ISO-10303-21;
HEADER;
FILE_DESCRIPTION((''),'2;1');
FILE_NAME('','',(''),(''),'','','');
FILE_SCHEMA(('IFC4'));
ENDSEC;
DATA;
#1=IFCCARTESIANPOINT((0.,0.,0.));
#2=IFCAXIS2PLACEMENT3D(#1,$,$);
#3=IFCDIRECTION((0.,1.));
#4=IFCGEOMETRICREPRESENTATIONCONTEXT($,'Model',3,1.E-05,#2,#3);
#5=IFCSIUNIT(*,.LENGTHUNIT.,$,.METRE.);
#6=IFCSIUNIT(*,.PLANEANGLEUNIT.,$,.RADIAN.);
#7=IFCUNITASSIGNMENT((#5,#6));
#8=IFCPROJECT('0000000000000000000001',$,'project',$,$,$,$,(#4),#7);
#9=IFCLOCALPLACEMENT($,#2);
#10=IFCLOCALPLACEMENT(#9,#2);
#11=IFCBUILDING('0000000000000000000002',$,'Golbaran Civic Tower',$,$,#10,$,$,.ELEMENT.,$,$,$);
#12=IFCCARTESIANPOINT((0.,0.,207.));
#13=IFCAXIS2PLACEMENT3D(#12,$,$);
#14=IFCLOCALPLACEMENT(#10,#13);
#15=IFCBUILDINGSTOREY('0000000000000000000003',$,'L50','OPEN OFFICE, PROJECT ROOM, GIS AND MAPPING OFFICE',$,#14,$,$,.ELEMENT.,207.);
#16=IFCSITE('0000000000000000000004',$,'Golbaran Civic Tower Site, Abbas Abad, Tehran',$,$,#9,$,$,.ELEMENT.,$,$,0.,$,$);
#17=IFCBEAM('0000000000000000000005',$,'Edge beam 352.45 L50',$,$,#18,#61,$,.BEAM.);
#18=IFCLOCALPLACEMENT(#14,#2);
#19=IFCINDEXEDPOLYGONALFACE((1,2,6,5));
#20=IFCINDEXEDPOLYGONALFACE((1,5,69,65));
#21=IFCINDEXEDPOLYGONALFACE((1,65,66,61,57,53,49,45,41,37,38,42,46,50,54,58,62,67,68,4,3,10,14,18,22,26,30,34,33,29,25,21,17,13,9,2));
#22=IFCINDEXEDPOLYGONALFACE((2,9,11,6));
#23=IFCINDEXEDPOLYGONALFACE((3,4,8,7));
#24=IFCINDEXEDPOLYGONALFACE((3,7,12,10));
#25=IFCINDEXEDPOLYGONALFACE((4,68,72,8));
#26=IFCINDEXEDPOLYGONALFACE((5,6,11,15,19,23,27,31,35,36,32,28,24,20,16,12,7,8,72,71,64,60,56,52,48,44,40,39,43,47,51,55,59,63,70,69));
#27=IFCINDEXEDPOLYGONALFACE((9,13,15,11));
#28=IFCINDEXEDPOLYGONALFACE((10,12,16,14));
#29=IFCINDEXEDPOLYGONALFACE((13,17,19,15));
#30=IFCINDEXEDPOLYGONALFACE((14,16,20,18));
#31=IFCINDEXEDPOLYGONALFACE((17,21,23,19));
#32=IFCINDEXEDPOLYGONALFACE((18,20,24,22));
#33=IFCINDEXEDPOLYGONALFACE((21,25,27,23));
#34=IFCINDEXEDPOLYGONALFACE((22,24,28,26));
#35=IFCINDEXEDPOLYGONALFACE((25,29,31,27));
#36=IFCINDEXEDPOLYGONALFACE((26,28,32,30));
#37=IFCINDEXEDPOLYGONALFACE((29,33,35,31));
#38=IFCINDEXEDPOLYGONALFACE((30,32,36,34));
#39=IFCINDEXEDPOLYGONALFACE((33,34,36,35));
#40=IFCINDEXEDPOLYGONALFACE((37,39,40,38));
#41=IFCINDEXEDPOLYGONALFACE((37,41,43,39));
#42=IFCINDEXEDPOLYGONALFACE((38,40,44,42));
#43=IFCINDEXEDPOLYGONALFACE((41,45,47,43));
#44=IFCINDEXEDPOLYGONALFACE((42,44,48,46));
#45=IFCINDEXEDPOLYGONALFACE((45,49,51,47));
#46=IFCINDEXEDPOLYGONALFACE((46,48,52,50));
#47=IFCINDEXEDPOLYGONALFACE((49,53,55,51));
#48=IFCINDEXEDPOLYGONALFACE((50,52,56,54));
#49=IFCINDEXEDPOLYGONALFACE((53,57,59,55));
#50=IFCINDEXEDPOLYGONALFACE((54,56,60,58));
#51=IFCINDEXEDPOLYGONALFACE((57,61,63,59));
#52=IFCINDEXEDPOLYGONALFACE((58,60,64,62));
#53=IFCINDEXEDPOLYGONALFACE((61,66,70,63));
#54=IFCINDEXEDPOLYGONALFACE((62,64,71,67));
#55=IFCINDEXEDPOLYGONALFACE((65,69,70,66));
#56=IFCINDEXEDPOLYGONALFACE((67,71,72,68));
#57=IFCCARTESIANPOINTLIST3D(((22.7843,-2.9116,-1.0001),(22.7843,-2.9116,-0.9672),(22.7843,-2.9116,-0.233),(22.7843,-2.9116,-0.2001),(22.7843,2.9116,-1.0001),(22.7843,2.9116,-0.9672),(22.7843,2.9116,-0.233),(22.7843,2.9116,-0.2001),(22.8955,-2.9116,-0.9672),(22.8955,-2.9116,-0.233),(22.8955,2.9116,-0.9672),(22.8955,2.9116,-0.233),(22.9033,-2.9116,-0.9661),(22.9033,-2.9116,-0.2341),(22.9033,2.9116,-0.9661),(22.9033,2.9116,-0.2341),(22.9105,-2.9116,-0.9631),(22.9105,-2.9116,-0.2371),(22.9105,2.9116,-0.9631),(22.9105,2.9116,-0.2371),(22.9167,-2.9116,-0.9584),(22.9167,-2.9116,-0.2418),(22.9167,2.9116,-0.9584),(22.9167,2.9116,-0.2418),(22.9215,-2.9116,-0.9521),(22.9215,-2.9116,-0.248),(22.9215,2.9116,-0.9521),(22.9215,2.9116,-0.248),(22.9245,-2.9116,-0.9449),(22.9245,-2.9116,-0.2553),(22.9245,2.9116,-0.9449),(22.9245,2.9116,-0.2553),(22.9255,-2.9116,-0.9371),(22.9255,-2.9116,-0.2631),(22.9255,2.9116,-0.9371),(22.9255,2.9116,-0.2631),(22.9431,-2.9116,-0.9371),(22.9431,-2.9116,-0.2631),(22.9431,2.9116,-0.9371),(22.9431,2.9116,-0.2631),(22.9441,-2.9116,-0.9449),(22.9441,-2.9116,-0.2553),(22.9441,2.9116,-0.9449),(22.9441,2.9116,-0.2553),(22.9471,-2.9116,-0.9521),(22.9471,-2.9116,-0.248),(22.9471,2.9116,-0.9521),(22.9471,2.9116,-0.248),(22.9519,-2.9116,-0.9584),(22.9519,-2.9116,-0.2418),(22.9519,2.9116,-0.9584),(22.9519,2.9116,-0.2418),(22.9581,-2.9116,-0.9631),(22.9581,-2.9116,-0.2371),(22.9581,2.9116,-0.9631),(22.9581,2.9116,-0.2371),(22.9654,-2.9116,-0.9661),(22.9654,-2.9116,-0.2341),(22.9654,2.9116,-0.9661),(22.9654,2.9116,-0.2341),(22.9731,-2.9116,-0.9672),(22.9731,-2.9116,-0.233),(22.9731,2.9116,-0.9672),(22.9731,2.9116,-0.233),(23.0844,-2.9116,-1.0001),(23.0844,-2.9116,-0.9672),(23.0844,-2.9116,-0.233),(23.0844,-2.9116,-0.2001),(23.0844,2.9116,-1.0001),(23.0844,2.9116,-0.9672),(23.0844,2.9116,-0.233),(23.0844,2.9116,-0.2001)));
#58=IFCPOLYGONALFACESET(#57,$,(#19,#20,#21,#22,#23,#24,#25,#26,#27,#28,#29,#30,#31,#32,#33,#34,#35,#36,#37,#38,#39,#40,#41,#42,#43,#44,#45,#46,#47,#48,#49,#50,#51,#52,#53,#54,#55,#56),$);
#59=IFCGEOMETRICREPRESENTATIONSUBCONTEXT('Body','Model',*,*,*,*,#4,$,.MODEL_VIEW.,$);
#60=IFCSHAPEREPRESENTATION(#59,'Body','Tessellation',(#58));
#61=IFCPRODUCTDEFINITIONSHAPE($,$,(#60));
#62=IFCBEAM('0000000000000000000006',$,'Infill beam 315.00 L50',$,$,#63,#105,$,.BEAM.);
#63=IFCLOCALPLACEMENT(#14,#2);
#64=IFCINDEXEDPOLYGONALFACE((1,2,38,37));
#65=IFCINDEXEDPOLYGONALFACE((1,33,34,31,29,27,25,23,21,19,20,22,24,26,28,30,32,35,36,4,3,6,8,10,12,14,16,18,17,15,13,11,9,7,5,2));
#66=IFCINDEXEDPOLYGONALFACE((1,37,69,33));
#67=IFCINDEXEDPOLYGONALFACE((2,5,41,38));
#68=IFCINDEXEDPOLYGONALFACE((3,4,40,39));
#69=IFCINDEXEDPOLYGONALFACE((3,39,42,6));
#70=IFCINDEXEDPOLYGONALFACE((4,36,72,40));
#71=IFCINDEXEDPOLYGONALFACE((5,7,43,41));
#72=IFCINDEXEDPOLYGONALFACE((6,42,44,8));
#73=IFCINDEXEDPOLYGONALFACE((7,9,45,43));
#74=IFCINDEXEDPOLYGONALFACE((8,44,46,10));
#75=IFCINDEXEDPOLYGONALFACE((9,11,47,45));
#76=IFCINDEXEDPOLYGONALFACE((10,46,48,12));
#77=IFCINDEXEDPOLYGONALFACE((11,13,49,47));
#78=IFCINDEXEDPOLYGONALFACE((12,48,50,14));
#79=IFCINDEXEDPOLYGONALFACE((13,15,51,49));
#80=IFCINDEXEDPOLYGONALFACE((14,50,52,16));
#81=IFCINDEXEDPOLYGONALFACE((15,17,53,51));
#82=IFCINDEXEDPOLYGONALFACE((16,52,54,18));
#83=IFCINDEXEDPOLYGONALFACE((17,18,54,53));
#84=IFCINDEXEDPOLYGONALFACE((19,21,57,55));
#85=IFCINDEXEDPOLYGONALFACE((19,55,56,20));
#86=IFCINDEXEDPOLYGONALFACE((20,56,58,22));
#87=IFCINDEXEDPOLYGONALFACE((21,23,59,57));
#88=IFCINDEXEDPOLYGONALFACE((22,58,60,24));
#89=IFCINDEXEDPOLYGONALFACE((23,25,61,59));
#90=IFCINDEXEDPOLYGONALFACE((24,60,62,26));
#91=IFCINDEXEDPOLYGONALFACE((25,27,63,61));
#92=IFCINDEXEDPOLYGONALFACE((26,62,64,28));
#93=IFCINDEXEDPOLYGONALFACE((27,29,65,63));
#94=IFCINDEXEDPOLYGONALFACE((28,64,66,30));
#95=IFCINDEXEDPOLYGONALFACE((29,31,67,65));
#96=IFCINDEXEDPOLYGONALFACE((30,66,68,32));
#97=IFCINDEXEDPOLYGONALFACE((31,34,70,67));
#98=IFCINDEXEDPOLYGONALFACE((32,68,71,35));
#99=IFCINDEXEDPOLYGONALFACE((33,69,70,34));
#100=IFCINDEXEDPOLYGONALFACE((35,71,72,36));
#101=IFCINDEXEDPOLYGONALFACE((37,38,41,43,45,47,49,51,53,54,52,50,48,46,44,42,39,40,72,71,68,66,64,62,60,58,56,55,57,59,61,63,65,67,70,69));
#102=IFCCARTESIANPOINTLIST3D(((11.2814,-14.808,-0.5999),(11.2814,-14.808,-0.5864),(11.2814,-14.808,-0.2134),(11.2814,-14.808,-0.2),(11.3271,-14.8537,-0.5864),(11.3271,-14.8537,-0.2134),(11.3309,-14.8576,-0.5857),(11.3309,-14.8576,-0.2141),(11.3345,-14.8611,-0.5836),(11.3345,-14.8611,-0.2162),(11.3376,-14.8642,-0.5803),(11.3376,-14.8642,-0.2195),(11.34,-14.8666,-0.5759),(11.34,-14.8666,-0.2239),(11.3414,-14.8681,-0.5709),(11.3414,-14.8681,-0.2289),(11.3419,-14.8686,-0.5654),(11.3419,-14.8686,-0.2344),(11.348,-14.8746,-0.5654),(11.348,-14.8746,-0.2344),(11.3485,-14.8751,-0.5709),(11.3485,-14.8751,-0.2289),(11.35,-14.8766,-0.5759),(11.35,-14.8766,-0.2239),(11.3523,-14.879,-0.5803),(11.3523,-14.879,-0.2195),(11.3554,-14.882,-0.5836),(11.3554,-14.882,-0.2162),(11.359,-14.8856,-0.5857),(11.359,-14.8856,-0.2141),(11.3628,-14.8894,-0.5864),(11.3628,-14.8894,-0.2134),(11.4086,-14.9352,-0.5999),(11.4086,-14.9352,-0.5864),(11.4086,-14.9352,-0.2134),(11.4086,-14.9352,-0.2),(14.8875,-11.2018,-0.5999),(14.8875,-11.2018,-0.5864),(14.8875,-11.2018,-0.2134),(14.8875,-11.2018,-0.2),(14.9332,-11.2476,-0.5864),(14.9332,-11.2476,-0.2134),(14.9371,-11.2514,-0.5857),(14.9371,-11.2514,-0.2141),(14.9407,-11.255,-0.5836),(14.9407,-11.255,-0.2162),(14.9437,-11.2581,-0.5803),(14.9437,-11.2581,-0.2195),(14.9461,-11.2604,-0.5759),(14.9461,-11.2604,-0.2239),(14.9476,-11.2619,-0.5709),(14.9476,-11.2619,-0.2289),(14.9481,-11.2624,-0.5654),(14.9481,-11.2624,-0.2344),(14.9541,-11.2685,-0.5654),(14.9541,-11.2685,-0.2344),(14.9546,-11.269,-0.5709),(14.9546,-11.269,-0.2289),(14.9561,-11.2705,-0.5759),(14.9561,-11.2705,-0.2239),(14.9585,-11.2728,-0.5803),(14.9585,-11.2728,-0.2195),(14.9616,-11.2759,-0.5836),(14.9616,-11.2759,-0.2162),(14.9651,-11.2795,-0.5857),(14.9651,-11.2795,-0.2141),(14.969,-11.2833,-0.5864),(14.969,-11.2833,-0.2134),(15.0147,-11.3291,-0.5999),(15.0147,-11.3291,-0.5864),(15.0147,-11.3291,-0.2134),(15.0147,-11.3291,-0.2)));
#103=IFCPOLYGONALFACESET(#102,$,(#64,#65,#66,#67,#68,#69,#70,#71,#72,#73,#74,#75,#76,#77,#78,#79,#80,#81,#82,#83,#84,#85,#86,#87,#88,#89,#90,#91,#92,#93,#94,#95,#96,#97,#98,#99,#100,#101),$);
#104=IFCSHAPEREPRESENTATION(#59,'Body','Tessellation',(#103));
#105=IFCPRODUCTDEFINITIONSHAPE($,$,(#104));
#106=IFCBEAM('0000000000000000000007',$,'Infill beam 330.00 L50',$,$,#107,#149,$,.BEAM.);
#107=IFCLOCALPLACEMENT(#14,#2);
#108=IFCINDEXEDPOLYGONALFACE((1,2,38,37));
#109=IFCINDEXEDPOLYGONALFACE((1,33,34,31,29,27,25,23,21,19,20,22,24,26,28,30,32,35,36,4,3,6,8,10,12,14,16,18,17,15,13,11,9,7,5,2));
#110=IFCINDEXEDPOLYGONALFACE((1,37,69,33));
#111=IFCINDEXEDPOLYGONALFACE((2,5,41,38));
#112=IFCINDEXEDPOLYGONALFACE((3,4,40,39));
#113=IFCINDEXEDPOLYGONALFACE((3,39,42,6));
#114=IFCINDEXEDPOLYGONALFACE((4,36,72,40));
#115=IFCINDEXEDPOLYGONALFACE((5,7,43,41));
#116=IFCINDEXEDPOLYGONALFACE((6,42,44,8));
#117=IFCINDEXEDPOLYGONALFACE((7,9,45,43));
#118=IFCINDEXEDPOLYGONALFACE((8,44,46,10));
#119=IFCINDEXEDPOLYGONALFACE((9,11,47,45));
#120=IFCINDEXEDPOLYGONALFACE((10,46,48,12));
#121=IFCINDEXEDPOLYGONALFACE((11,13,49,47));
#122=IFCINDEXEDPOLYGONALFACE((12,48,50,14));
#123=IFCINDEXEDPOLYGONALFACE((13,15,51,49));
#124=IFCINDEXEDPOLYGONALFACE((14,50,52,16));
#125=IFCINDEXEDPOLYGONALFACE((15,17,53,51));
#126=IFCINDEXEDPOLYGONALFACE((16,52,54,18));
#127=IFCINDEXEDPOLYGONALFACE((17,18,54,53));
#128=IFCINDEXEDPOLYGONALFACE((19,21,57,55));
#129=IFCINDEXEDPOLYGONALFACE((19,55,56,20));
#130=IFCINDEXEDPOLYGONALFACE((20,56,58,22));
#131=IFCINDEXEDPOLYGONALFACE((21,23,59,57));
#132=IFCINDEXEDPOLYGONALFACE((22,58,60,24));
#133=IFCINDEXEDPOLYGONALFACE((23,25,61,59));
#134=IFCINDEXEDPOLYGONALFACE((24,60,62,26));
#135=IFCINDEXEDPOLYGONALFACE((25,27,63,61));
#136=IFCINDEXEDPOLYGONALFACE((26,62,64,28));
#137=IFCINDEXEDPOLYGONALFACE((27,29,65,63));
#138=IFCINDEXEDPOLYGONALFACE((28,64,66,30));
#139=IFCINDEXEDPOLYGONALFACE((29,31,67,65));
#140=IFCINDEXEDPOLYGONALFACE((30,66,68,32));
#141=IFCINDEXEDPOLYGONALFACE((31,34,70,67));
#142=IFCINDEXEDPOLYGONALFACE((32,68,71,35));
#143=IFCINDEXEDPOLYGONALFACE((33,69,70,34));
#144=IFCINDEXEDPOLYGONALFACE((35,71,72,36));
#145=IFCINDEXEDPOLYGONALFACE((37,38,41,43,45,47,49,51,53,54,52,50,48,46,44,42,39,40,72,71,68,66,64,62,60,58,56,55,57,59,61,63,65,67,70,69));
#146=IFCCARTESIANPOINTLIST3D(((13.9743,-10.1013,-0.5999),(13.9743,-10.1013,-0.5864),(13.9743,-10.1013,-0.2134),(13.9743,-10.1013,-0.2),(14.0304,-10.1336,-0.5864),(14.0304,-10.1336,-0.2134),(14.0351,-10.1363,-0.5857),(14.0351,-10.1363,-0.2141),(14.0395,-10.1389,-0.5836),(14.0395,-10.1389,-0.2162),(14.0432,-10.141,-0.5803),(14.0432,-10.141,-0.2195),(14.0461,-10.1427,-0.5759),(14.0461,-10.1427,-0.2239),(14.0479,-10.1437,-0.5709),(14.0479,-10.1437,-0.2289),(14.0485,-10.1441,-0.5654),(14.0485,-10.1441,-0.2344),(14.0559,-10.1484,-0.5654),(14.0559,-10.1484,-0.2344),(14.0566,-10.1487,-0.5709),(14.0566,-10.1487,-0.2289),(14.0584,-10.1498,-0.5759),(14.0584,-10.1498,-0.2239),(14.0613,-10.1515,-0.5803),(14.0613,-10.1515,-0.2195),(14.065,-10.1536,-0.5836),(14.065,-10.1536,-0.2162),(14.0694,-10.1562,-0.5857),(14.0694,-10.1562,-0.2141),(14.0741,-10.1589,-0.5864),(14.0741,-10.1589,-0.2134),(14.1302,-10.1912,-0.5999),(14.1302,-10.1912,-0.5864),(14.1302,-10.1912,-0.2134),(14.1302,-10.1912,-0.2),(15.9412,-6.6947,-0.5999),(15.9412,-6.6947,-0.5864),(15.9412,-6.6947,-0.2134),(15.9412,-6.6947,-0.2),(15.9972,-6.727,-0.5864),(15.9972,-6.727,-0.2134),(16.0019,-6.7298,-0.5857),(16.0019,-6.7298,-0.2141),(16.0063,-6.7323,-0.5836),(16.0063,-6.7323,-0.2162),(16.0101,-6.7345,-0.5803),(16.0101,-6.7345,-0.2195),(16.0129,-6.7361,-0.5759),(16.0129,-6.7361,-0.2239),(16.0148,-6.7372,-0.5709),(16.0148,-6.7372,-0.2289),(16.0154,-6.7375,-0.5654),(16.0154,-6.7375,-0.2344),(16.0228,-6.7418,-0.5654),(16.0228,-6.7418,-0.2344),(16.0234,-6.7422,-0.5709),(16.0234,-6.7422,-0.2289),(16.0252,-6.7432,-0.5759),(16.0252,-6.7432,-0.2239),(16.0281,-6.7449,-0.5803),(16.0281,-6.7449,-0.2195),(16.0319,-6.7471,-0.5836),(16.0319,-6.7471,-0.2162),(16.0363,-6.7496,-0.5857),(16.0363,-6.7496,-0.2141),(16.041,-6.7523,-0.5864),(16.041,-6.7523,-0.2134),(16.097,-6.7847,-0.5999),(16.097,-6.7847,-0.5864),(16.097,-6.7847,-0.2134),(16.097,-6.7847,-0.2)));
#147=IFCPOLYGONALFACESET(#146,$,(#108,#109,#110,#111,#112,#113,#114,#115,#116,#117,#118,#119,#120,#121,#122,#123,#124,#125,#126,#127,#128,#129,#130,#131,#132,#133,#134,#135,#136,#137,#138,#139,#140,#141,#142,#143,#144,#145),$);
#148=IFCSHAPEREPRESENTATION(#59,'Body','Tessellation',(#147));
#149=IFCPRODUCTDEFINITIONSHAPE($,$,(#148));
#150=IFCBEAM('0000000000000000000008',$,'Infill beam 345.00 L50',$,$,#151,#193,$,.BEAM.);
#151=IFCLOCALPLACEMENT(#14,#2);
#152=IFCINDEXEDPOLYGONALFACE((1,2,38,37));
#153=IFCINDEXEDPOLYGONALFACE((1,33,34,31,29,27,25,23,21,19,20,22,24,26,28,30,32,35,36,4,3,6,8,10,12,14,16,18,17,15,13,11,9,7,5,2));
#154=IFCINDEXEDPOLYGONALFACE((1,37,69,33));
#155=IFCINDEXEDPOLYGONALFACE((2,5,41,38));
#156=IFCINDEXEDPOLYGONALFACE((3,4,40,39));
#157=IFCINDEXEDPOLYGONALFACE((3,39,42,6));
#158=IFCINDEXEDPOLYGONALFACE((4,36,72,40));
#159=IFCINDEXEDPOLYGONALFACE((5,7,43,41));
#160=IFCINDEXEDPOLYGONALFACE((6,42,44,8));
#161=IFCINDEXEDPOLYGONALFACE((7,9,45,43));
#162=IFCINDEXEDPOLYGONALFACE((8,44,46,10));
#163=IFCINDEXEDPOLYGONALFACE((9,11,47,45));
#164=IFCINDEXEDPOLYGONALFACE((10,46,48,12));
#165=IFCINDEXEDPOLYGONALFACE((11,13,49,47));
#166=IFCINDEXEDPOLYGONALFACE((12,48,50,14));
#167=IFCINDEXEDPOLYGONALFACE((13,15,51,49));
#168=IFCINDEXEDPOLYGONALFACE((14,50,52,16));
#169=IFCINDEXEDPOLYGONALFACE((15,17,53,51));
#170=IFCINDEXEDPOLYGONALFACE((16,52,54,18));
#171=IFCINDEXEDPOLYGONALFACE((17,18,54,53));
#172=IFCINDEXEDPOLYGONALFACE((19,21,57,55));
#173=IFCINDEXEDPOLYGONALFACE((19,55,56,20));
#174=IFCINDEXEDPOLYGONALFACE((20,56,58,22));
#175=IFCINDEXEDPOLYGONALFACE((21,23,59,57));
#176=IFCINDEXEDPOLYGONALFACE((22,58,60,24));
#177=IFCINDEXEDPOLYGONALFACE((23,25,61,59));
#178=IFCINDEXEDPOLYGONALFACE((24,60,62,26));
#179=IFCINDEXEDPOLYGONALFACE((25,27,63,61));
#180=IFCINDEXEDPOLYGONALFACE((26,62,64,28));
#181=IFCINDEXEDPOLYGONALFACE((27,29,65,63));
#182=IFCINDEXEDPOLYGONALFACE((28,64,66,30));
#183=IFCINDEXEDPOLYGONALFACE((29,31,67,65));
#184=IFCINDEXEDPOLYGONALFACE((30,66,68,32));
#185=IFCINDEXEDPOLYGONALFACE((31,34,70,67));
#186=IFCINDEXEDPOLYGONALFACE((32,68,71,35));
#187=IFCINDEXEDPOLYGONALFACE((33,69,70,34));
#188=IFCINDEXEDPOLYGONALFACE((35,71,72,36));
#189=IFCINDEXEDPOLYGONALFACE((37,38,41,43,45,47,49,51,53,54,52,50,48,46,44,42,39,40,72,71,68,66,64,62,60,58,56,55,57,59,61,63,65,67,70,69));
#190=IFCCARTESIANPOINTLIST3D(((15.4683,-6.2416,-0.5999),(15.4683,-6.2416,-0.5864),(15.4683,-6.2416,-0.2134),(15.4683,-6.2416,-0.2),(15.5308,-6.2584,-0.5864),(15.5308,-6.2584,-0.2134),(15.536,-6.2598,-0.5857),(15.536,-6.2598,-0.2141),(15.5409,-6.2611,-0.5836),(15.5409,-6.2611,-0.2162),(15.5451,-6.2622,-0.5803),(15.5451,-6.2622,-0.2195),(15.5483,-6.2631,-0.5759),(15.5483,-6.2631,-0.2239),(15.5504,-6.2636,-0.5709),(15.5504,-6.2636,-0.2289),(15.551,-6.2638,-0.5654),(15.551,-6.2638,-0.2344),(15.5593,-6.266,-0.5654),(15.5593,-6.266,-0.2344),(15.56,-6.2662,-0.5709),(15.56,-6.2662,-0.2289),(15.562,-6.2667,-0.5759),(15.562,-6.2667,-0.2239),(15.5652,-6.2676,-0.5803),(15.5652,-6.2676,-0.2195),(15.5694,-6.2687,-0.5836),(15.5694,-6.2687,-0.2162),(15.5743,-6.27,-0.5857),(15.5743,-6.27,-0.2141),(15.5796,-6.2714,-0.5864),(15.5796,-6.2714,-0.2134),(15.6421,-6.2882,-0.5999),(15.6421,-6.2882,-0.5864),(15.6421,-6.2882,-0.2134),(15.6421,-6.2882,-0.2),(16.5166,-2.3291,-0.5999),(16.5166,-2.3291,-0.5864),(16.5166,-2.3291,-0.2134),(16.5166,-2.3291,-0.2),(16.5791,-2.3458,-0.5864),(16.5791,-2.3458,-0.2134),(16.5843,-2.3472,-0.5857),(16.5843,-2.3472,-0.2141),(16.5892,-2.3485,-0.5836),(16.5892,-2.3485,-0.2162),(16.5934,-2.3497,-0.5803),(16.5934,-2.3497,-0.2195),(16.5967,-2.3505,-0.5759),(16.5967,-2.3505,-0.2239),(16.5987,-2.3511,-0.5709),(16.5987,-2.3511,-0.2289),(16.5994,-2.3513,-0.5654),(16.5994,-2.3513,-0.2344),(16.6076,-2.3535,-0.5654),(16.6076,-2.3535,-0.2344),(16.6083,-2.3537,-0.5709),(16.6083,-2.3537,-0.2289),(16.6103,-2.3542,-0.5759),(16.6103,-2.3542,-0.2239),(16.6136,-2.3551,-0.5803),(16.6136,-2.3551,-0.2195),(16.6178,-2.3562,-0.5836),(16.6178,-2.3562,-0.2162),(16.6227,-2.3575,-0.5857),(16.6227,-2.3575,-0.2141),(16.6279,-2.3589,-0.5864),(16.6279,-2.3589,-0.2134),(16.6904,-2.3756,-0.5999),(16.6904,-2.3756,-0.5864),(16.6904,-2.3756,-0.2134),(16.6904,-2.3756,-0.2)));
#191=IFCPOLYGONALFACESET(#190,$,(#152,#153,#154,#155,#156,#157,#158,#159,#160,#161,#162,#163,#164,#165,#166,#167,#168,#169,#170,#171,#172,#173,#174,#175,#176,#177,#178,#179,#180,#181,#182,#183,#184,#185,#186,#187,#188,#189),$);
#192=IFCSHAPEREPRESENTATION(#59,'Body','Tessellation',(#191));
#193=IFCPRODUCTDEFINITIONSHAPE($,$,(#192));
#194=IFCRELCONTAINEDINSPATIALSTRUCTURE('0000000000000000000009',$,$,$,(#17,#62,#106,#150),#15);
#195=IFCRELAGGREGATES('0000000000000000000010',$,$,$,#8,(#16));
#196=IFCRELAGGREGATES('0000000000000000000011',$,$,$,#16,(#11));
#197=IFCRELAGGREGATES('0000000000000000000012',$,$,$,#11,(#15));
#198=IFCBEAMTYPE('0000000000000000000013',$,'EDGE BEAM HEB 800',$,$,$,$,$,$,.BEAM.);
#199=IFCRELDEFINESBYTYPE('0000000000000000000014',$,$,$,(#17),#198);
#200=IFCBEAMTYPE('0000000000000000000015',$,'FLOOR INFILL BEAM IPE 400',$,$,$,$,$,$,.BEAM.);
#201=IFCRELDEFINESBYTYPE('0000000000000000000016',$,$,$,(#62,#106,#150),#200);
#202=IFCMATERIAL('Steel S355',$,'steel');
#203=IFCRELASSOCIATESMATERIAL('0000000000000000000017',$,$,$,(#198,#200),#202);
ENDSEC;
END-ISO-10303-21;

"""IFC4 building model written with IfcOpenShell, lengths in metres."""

from ifc_helpers import new_model, si_unit, direction, frame, origin, origin_2d, place, context, subcontext, project, spatial, i_section, extrude, material, material_profile, profile_set, type_object, element, save


model = new_model("IFC4")

# Units and contexts
model_context = context("Model", 3, precision=1e-05, world=origin(), true_north=direction((0.0, 1.0)))
body_context = subcontext(model_context, "Body", "Model", "MODEL_VIEW")
ifc_project = project(units=[si_unit("LENGTHUNIT", "METRE"), si_unit("PLANEANGLEUNIT", "RADIAN")], contexts=[model_context])

# Site, building, storey
site_placement = place(None, origin())
site = spatial("IfcSite", under=ifc_project, at=site_placement, Name="Golbaran Civic Tower Site, Abbas Abad, Tehran", CompositionType="ELEMENT", RefElevation=0.0)
building_placement = place(site_placement, origin())
building = spatial("IfcBuilding", under=site, at=building_placement, Name="Golbaran Civic Tower", CompositionType="ELEMENT")
storey_placement = place(building_placement, frame((0.0, 0.0, 207.0)))
storey = spatial("IfcBuildingStorey", under=building, at=storey_placement, Name="L50", Description="OPEN OFFICE, PROJECT ROOM, GIS AND MAPPING OFFICE", CompositionType="ELEMENT", Elevation=207.0)

# Beams
ifc_material_1 = material(Name="Steel S355", Category="steel")
ifc_material_profile_1 = material_profile(ifc_material_1, i_section(OverallWidth=0.3, OverallDepth=0.8, WebThickness=0.0176, FlangeThickness=0.033, FilletRadius=0.03, at=origin_2d()), Name="HEB 800")
ifc_profile_set_1 = profile_set([ifc_material_profile_1], Name="Steel S355")
beam_type_1 = type_object("IfcBeamType", Name="EDGE BEAM HEB 800", PredefinedType="BEAM", material=ifc_profile_set_1)
beam_1_placement = place(storey_placement, frame((22.9343, -2.9116, -0.6001), z_axis=(0.0, 1.0, 0.0), x_axis=(-1.0, 0.0, 0.0)))
element("IfcBeam", 1, at=beam_1_placement, inside=storey, type_object=beam_type_1, Name="Edge beam 352.45 L50", PredefinedType="BEAM", context=body_context, shape_type="SweptSolid", body=[
    extrude(i_section(OverallWidth=0.3, OverallDepth=0.8, WebThickness=0.0176, FlangeThickness=0.033, FilletRadius=0.03, at=origin_2d()), origin(), (0.0, 0.0, 1.0), 5.8232),
])
ifc_material_profile_2 = material_profile(ifc_material_1, i_section(OverallWidth=0.1799, OverallDepth=0.3999, WebThickness=0.0085, FlangeThickness=0.0134, FilletRadius=0.021, at=origin_2d()), Name="IPE 400")
ifc_profile_set_2 = profile_set([ifc_material_profile_2], Name="Steel S355")
beam_type_2 = type_object("IfcBeamType", Name="FLOOR INFILL BEAM IPE 400", PredefinedType="BEAM", material=ifc_profile_set_2)
beam_2_placement = place(storey_placement, frame((11.345, -14.8716, -0.3999), z_axis=(0.707107, 0.707107, 0.0), x_axis=(-0.707107, 0.707107, 0.0)))
element("IfcBeam", 2, at=beam_2_placement, inside=storey, type_object=beam_type_2, Name="Infill beam 315.00 L50", PredefinedType="BEAM", context=body_context, shape_type="SweptSolid", body=[
    extrude(i_section(OverallWidth=0.1799, OverallDepth=0.3999, WebThickness=0.0085, FlangeThickness=0.0134, FilletRadius=0.021, at=origin_2d()), origin(), (0.0, 0.0, 1.0), 5.0999),
])
beam_3_placement = place(storey_placement, frame((14.0522, -10.1462, -0.3999), z_axis=(0.500011, 0.866019, 0.0), x_axis=(-0.866019, 0.500011, 0.0)))
element("IfcBeam", 3, at=beam_3_placement, inside=storey, type_object=beam_type_2, Name="Infill beam 330.00 L50", PredefinedType="BEAM", context=body_context, shape_type="SweptSolid", body=[
    extrude(i_section(OverallWidth=0.1799, OverallDepth=0.3999, WebThickness=0.0085, FlangeThickness=0.0134, FilletRadius=0.021, at=origin_2d()), origin(), (0.0, 0.0, 1.0), 3.9336),
])
beam_4_placement = place(storey_placement, frame((15.5552, -6.2649, -0.3999), z_axis=(0.25881, 0.965928, 0.0), x_axis=(-0.965928, 0.25881, 0.0)))
element("IfcBeam", 4, at=beam_4_placement, inside=storey, type_object=beam_type_2, Name="Infill beam 345.00 L50", PredefinedType="BEAM", context=body_context, shape_type="SweptSolid", body=[
    extrude(i_section(OverallWidth=0.1799, OverallDepth=0.3999, WebThickness=0.0085, FlangeThickness=0.0134, FilletRadius=0.021, at=origin_2d()), origin(), (0.0, 0.0, 1.0), 4.0505),
])

save(model, "model.ifc")
